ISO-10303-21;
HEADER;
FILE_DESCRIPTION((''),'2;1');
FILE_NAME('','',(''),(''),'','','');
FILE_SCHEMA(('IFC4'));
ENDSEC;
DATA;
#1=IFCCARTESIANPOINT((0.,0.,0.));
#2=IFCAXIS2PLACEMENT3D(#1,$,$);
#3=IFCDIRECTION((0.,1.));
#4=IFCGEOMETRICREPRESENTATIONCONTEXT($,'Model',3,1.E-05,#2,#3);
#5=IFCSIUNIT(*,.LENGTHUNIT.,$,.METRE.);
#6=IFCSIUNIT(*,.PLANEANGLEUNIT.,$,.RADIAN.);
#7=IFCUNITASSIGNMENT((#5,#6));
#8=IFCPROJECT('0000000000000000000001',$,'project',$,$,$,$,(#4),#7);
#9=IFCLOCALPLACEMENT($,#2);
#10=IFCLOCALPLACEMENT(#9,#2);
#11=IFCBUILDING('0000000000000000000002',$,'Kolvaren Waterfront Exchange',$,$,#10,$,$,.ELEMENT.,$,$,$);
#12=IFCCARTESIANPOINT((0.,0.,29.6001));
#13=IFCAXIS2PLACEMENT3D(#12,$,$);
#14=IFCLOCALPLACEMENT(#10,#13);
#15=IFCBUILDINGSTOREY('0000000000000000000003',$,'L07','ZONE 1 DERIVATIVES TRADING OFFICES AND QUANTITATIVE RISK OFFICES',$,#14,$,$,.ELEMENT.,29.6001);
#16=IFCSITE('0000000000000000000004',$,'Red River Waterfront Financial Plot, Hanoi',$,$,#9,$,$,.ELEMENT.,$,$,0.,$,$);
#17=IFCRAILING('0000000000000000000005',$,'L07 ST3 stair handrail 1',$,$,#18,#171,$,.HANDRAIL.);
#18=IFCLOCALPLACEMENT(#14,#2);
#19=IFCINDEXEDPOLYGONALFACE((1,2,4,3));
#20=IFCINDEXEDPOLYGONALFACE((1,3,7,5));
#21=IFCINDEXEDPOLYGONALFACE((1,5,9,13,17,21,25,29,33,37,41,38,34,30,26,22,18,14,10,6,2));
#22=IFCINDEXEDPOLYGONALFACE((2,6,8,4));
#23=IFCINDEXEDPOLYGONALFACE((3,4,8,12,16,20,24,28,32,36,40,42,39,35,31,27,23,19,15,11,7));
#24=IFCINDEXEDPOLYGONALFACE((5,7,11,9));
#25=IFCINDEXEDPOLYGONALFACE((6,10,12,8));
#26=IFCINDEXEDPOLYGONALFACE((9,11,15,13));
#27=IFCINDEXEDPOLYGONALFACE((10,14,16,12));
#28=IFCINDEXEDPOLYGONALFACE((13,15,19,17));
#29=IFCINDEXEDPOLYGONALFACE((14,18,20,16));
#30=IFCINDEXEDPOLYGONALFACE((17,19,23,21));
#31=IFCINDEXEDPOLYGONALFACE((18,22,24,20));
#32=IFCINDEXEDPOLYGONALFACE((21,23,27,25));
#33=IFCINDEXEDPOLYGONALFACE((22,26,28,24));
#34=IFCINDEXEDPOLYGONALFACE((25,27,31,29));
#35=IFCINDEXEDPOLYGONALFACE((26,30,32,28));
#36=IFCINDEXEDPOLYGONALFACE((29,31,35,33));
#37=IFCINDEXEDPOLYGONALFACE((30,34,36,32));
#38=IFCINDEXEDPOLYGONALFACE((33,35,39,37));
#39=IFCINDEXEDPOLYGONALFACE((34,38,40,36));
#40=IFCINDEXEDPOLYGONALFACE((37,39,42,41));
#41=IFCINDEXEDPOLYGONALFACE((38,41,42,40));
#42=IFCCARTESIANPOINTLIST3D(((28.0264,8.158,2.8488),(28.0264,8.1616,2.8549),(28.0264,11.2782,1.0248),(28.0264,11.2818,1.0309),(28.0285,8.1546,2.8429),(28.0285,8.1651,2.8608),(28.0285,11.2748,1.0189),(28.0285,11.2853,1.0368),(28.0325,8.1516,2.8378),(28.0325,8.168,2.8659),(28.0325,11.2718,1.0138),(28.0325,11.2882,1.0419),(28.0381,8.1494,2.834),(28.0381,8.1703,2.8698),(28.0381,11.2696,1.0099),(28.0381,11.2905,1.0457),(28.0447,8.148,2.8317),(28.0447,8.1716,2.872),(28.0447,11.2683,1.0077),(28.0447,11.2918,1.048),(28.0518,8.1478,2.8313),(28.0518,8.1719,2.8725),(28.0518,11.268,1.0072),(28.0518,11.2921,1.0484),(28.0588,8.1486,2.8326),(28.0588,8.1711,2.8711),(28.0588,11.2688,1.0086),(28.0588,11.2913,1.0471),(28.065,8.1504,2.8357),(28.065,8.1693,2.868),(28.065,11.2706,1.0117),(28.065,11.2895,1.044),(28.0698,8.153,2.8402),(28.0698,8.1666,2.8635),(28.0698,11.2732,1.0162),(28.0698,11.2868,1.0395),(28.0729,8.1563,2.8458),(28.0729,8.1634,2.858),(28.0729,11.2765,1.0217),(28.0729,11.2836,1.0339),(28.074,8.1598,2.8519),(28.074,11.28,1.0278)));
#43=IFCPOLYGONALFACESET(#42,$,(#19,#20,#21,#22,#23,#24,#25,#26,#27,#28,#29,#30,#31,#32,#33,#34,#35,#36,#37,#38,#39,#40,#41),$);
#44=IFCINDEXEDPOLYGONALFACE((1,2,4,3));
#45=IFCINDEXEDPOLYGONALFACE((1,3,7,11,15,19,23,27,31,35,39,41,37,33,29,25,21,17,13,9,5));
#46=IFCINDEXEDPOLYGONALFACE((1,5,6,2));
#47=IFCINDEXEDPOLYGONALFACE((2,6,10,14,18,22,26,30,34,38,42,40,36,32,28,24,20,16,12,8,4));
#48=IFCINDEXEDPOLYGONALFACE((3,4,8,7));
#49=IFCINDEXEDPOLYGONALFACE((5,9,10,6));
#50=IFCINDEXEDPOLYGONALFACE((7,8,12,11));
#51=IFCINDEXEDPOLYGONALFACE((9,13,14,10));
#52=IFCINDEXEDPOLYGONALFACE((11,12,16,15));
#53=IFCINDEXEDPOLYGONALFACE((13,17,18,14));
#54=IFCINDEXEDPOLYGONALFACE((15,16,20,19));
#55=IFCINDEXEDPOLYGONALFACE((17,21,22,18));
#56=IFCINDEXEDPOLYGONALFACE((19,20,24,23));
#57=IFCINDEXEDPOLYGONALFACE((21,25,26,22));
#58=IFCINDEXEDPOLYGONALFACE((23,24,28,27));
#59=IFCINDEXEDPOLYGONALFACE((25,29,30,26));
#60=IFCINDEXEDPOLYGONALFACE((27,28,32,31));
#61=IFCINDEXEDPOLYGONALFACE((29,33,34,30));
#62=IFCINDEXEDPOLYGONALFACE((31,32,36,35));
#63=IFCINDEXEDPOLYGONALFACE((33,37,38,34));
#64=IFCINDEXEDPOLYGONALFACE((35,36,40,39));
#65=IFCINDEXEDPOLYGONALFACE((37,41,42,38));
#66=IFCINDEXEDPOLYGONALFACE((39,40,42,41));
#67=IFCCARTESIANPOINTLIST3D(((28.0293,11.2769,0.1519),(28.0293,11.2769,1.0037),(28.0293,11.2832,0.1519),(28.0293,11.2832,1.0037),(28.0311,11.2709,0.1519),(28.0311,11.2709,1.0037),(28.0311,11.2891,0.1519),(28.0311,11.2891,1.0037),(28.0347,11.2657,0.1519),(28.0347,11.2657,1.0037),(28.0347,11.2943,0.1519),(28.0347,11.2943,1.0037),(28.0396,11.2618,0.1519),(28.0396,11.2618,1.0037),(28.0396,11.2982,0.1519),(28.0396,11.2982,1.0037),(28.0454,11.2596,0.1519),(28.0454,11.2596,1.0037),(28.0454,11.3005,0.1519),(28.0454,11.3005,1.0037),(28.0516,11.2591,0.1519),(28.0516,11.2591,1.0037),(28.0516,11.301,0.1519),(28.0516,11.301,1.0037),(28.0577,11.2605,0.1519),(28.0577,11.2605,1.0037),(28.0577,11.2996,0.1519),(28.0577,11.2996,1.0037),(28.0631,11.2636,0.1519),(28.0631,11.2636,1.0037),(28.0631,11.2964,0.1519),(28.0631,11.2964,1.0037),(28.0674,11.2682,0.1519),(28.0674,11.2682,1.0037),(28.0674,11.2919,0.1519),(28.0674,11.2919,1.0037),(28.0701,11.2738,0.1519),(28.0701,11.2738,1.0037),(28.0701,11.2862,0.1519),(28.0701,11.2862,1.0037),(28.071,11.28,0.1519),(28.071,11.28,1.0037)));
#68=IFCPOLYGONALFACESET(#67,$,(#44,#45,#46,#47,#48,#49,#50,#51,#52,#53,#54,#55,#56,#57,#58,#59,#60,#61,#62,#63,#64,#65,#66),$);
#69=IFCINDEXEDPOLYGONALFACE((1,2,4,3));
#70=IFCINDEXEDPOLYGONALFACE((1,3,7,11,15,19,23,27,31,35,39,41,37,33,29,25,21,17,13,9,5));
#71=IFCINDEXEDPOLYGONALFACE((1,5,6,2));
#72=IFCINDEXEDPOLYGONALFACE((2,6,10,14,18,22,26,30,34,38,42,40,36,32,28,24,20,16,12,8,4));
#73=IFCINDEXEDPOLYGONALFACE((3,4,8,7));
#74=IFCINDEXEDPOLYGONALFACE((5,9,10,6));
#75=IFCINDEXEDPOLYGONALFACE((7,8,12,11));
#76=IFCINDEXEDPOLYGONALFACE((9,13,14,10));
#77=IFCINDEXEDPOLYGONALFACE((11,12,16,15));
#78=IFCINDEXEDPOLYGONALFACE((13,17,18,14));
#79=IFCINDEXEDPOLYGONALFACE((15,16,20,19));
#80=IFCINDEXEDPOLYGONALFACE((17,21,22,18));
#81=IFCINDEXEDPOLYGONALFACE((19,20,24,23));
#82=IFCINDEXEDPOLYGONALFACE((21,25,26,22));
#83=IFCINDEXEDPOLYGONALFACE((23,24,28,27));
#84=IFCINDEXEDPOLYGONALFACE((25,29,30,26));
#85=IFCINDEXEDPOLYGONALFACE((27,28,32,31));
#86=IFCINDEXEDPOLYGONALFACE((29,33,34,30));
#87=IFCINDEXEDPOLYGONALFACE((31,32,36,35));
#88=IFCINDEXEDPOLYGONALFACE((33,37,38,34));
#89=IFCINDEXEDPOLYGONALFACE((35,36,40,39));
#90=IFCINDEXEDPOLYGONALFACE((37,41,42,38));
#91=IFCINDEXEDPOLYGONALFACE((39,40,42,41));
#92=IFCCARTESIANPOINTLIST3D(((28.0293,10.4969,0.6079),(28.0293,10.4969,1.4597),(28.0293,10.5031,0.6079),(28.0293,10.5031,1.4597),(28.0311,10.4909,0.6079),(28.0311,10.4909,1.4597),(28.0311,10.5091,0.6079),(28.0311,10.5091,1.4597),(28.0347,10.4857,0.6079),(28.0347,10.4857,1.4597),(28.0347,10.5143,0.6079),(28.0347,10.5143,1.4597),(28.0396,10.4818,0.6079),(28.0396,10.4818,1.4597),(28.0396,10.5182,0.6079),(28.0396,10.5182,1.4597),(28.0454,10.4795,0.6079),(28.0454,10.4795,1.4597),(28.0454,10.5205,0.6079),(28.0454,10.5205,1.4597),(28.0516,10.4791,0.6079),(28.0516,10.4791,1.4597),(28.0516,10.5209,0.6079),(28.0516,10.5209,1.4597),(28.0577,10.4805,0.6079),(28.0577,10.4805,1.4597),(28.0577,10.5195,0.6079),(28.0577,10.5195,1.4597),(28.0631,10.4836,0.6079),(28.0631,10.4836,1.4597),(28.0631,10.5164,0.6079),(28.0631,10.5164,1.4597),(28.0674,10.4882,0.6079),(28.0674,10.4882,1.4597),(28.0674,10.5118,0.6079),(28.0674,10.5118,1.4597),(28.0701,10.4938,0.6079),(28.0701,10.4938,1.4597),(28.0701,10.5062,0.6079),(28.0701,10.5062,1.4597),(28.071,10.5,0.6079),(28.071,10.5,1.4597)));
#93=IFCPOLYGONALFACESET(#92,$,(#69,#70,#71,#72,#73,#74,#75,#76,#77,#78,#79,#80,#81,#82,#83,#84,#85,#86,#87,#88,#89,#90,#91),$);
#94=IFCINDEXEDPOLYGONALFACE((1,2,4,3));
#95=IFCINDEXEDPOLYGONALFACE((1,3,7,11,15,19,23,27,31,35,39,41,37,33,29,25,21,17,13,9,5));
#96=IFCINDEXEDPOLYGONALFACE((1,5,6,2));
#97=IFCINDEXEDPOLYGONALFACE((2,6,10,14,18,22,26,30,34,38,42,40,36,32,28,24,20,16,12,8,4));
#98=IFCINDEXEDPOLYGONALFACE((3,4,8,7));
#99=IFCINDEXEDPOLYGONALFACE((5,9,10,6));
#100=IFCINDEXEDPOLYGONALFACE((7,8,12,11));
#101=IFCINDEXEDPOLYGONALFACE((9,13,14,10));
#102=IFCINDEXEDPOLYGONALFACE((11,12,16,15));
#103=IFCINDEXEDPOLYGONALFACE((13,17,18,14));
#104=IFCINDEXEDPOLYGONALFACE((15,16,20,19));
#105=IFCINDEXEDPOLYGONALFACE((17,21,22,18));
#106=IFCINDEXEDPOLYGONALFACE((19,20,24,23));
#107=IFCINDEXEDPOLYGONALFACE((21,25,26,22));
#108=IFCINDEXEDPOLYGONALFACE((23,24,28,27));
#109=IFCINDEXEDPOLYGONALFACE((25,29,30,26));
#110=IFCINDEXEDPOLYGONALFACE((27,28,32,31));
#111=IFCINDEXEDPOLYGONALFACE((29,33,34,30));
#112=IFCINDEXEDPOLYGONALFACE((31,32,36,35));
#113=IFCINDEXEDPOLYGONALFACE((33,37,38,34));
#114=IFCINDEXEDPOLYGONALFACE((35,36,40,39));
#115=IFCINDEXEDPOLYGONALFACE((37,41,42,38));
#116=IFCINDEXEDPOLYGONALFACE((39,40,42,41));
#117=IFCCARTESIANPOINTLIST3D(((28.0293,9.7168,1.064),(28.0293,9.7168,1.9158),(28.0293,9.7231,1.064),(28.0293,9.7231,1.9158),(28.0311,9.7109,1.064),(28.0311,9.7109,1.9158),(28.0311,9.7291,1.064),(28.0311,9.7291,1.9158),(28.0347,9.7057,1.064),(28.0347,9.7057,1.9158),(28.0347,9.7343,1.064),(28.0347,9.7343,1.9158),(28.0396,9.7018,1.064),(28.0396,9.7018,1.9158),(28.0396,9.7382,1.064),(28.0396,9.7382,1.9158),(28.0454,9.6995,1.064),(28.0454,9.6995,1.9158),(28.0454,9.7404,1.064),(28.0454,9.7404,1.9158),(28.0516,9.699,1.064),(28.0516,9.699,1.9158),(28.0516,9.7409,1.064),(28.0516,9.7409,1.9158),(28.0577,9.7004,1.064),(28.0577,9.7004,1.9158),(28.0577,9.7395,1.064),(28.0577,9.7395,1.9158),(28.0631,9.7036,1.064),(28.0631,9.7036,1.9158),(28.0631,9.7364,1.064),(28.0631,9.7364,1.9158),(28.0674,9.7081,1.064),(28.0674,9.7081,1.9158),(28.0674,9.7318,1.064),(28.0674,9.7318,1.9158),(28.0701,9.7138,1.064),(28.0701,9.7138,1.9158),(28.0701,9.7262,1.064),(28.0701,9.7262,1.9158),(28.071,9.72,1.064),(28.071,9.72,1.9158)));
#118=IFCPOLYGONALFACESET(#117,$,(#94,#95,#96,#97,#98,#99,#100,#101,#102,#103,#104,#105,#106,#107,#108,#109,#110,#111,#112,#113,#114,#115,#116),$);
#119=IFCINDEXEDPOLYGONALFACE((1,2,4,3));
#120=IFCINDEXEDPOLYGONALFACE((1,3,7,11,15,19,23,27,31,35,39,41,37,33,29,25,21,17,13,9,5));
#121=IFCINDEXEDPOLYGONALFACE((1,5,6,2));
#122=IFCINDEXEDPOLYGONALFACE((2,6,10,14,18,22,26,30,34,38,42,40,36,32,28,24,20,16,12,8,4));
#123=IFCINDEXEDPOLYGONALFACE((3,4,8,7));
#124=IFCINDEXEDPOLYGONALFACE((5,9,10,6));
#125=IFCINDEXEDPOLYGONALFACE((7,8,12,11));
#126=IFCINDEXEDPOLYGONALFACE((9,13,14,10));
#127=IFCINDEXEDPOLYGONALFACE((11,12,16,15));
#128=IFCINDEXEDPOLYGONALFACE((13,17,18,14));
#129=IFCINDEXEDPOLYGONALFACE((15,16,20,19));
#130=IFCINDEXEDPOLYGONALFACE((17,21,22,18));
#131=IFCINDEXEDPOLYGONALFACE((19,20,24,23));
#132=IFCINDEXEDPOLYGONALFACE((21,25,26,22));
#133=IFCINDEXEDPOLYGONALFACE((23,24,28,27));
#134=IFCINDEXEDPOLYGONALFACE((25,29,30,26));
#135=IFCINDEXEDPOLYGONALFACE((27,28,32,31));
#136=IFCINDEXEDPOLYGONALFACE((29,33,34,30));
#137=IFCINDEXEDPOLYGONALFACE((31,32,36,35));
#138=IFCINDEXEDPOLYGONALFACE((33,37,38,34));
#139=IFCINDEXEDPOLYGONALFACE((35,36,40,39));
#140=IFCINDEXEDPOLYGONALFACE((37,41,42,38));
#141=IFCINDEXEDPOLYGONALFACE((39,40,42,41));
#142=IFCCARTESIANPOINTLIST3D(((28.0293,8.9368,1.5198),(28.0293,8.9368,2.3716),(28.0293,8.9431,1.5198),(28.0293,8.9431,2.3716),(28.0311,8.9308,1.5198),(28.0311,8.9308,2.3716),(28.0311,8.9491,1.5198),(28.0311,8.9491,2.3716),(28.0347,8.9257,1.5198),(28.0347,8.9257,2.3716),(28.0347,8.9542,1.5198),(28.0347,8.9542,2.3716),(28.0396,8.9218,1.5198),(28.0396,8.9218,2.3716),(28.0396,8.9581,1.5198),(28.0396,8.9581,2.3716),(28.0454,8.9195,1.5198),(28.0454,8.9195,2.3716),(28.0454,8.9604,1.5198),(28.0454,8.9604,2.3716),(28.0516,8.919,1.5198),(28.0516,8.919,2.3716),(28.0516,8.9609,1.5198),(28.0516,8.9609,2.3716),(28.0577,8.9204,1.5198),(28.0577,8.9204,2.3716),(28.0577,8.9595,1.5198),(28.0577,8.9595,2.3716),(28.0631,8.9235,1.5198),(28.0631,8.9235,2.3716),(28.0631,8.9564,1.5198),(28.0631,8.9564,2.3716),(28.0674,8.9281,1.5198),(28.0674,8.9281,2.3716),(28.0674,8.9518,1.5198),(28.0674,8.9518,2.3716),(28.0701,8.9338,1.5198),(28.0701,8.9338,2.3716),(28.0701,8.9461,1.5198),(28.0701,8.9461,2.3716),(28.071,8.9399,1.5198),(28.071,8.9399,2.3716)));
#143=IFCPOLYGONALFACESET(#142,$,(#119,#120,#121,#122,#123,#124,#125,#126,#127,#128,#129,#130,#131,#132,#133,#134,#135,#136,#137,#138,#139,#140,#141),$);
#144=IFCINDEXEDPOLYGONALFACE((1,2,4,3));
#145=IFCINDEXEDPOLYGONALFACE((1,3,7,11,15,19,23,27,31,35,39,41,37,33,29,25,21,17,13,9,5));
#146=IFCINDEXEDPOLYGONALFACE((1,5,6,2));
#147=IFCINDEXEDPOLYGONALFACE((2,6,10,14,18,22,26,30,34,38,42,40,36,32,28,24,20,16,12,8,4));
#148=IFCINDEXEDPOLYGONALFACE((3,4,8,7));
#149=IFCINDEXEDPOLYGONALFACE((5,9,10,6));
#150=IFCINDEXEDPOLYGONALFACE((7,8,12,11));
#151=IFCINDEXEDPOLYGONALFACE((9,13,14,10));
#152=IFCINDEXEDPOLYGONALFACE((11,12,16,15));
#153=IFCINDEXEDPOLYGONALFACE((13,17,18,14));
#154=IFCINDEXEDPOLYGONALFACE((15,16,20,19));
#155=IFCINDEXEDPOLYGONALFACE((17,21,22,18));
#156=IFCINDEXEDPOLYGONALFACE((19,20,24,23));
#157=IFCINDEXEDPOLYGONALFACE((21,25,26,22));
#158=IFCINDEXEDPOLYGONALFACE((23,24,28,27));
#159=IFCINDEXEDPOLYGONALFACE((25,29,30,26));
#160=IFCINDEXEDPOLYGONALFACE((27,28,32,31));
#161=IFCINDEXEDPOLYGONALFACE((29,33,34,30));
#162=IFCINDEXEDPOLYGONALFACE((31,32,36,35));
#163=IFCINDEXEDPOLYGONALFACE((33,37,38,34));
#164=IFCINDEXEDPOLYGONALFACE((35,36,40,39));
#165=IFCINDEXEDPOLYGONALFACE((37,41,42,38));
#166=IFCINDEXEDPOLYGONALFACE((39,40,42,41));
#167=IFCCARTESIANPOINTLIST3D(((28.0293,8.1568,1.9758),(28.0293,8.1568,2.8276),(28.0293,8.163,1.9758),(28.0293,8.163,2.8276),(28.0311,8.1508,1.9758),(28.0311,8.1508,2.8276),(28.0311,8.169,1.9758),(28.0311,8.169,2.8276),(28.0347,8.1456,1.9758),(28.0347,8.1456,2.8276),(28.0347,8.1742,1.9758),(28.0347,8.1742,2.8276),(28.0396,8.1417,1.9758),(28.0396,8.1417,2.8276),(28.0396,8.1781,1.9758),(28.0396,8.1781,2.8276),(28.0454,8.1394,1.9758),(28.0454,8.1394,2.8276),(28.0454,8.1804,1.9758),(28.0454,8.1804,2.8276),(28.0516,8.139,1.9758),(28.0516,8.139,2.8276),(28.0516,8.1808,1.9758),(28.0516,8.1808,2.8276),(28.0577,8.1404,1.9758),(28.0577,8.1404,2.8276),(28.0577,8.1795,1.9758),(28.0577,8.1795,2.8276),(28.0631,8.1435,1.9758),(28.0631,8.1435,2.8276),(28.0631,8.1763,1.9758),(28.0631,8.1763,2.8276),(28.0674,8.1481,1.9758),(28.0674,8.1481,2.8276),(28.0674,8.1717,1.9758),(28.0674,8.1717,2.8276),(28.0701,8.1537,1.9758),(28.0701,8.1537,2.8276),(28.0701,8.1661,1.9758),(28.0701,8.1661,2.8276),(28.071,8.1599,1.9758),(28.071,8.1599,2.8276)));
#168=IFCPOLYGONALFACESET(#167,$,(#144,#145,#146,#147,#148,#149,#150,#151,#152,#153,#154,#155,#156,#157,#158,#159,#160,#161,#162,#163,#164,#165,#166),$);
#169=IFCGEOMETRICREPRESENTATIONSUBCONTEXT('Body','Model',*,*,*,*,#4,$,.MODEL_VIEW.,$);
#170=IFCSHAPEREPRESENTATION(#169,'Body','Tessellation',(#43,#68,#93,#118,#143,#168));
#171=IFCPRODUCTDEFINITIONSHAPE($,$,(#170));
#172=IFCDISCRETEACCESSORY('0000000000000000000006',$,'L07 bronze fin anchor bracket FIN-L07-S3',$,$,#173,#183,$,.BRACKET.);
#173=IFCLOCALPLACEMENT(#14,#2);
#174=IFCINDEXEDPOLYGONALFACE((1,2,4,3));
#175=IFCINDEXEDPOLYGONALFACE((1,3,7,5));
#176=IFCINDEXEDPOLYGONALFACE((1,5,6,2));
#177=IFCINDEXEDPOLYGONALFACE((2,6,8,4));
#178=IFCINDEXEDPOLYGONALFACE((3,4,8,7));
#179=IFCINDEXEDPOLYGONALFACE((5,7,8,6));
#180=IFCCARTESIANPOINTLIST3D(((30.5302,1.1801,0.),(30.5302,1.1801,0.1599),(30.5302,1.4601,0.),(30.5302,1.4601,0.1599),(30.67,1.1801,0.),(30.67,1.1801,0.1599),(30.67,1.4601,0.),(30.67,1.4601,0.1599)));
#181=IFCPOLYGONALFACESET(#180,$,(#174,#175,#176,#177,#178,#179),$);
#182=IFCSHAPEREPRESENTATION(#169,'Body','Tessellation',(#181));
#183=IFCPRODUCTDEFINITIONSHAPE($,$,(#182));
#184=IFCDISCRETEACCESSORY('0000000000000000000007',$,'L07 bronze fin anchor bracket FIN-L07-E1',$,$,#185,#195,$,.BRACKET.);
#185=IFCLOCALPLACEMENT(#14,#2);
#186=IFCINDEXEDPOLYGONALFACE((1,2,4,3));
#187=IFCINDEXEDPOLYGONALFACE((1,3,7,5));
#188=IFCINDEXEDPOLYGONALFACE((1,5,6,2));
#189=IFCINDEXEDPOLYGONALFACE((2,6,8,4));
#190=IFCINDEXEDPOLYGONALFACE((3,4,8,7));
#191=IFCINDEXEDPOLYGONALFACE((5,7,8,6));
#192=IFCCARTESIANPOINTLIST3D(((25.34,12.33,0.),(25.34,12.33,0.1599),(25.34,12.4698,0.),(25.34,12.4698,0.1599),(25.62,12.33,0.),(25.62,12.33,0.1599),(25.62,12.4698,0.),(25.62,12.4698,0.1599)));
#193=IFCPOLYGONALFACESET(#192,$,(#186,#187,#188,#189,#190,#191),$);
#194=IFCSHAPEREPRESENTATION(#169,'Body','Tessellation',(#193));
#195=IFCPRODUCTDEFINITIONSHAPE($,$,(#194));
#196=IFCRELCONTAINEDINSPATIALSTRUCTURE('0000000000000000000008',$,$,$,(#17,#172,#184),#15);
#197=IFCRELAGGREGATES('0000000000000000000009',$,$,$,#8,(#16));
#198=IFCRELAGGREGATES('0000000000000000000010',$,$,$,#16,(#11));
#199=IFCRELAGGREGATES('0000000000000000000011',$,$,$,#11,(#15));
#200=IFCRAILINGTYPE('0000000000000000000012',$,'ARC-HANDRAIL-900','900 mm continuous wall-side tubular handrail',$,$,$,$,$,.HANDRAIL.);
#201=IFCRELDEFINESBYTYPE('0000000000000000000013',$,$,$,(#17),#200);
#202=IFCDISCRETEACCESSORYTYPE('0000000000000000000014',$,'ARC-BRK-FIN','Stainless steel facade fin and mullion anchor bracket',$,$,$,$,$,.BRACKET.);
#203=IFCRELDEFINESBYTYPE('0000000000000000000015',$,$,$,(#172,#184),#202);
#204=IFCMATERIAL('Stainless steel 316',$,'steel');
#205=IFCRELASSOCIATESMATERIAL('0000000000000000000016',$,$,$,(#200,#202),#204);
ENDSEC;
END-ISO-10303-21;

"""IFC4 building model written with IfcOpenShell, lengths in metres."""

from ifc_helpers import new_model, si_unit, direction, frame, origin, origin_with_axes, origin_2d, place, context, subcontext, project, spatial, rectangle, circle, extrude, source, transform, mapped, material, type_object, element, save


model = new_model("IFC4")

# Units and contexts
model_context = context("Model", 3, precision=1e-05, world=origin(), true_north=direction((0.0, 1.0)))
body_context = subcontext(model_context, "Body", "Model", "MODEL_VIEW")
ifc_project = project(units=[si_unit("LENGTHUNIT", "METRE"), si_unit("PLANEANGLEUNIT", "RADIAN")], contexts=[model_context])

# Site, building, storey
site_placement = place(None, origin())
site = spatial("IfcSite", under=ifc_project, at=site_placement, Name="Red River Waterfront Financial Plot, Hanoi", CompositionType="ELEMENT", RefElevation=0.0)
building_placement = place(site_placement, origin())
building = spatial("IfcBuilding", under=site, at=building_placement, Name="Kolvaren Waterfront Exchange", CompositionType="ELEMENT")
storey_placement = place(building_placement, frame((0.0, 0.0, 29.6001)))
storey = spatial("IfcBuildingStorey", under=building, at=storey_placement, Name="L07", Description="ZONE 1 DERIVATIVES TRADING OFFICES AND QUANTITATIVE RISK OFFICES", CompositionType="ELEMENT", Elevation=29.6001)

# Railing
ifc_material_1 = material(Name="Stainless steel 316", Category="steel")
railing_type_1 = type_object("IfcRailingType", Name="ARC-HANDRAIL-900", Description="900 mm continuous wall-side tubular handrail", PredefinedType="HANDRAIL", material=ifc_material_1)
railing_1_placement = place(storey_placement, frame((28.05, 11.28, 0.1519)))
element("IfcRailing", 1, at=railing_1_placement, inside=storey, type_object=railing_type_1, Name="L07 ST3 stair handrail 1", PredefinedType="HANDRAIL", context=body_context, shape_type="SweptSolid", body=[
    extrude(circle(Radius=0.0239, at=origin_2d()), frame((0.0, 0.0, 0.876), z_axis=(0.0, -0.863308, 0.504677), x_axis=(1.0, 0.0, 0.0)), (0.0, 0.0, 1.0), 3.6143),
    extrude(circle(Radius=0.021, at=origin_2d()), origin(), (0.0, 0.0, 1.0), 0.8518),
    extrude(circle(Radius=0.021, at=origin_2d()), frame((0.0, -0.78, 0.4561)), (0.0, 0.0, 1.0), 0.8518),
    extrude(circle(Radius=0.021, at=origin_2d()), frame((0.0, -1.5601, 0.9121)), (0.0, 0.0, 1.0), 0.8518),
    extrude(circle(Radius=0.021, at=origin_2d()), frame((0.0, -2.3401, 1.3679)), (0.0, 0.0, 1.0), 0.8518),
    extrude(circle(Radius=0.021, at=origin_2d()), frame((0.0, -3.1201, 1.824)), (0.0, 0.0, 1.0), 0.8518),
])

# Discrete accessories
discrete_accessory_type = type_object("IfcDiscreteAccessoryType", Name="ARC-BRK-FIN", Description="Stainless steel facade fin and mullion anchor bracket", PredefinedType="BRACKET", material=ifc_material_1)
shared_shape_1 = source(origin_with_axes(), body_context, "Body", "SweptSolid", [
    extrude(rectangle(XDim=0.28, YDim=0.1399, at=origin_2d()), origin(), (0.0, 0.0, 1.0), 0.1599),
])
for number, where, z_axis, x_axis, name in (
    (2, (30.6001, 1.3201, 0.0), (0.0, 0.0, 1.0), (0.0, -1.0, 0.0), "L07 bronze fin anchor bracket FIN-L07-S3"),
    (3, (25.48, 12.3999, 0.0), (0.0, 0.0, 1.0), (1.0, 0.0, 0.0), "L07 bronze fin anchor bracket FIN-L07-E1"),
):
    element("IfcDiscreteAccessory", number, at=place(storey_placement, frame(where, z_axis=z_axis, x_axis=x_axis)), inside=storey, type_object=discrete_accessory_type, Name=name, PredefinedType="BRACKET", context=body_context, shape_type="MappedRepresentation", body=[
        mapped(shared_shape_1, transform((0.0, 0.0, 0.0), x_axis=(1.0, 0.0, 0.0), y_axis=(0.0, 1.0, 0.0), z_axis=(0.0, 0.0, 1.0), scale=1.0)),
    ])

save(model, "model.ifc")
